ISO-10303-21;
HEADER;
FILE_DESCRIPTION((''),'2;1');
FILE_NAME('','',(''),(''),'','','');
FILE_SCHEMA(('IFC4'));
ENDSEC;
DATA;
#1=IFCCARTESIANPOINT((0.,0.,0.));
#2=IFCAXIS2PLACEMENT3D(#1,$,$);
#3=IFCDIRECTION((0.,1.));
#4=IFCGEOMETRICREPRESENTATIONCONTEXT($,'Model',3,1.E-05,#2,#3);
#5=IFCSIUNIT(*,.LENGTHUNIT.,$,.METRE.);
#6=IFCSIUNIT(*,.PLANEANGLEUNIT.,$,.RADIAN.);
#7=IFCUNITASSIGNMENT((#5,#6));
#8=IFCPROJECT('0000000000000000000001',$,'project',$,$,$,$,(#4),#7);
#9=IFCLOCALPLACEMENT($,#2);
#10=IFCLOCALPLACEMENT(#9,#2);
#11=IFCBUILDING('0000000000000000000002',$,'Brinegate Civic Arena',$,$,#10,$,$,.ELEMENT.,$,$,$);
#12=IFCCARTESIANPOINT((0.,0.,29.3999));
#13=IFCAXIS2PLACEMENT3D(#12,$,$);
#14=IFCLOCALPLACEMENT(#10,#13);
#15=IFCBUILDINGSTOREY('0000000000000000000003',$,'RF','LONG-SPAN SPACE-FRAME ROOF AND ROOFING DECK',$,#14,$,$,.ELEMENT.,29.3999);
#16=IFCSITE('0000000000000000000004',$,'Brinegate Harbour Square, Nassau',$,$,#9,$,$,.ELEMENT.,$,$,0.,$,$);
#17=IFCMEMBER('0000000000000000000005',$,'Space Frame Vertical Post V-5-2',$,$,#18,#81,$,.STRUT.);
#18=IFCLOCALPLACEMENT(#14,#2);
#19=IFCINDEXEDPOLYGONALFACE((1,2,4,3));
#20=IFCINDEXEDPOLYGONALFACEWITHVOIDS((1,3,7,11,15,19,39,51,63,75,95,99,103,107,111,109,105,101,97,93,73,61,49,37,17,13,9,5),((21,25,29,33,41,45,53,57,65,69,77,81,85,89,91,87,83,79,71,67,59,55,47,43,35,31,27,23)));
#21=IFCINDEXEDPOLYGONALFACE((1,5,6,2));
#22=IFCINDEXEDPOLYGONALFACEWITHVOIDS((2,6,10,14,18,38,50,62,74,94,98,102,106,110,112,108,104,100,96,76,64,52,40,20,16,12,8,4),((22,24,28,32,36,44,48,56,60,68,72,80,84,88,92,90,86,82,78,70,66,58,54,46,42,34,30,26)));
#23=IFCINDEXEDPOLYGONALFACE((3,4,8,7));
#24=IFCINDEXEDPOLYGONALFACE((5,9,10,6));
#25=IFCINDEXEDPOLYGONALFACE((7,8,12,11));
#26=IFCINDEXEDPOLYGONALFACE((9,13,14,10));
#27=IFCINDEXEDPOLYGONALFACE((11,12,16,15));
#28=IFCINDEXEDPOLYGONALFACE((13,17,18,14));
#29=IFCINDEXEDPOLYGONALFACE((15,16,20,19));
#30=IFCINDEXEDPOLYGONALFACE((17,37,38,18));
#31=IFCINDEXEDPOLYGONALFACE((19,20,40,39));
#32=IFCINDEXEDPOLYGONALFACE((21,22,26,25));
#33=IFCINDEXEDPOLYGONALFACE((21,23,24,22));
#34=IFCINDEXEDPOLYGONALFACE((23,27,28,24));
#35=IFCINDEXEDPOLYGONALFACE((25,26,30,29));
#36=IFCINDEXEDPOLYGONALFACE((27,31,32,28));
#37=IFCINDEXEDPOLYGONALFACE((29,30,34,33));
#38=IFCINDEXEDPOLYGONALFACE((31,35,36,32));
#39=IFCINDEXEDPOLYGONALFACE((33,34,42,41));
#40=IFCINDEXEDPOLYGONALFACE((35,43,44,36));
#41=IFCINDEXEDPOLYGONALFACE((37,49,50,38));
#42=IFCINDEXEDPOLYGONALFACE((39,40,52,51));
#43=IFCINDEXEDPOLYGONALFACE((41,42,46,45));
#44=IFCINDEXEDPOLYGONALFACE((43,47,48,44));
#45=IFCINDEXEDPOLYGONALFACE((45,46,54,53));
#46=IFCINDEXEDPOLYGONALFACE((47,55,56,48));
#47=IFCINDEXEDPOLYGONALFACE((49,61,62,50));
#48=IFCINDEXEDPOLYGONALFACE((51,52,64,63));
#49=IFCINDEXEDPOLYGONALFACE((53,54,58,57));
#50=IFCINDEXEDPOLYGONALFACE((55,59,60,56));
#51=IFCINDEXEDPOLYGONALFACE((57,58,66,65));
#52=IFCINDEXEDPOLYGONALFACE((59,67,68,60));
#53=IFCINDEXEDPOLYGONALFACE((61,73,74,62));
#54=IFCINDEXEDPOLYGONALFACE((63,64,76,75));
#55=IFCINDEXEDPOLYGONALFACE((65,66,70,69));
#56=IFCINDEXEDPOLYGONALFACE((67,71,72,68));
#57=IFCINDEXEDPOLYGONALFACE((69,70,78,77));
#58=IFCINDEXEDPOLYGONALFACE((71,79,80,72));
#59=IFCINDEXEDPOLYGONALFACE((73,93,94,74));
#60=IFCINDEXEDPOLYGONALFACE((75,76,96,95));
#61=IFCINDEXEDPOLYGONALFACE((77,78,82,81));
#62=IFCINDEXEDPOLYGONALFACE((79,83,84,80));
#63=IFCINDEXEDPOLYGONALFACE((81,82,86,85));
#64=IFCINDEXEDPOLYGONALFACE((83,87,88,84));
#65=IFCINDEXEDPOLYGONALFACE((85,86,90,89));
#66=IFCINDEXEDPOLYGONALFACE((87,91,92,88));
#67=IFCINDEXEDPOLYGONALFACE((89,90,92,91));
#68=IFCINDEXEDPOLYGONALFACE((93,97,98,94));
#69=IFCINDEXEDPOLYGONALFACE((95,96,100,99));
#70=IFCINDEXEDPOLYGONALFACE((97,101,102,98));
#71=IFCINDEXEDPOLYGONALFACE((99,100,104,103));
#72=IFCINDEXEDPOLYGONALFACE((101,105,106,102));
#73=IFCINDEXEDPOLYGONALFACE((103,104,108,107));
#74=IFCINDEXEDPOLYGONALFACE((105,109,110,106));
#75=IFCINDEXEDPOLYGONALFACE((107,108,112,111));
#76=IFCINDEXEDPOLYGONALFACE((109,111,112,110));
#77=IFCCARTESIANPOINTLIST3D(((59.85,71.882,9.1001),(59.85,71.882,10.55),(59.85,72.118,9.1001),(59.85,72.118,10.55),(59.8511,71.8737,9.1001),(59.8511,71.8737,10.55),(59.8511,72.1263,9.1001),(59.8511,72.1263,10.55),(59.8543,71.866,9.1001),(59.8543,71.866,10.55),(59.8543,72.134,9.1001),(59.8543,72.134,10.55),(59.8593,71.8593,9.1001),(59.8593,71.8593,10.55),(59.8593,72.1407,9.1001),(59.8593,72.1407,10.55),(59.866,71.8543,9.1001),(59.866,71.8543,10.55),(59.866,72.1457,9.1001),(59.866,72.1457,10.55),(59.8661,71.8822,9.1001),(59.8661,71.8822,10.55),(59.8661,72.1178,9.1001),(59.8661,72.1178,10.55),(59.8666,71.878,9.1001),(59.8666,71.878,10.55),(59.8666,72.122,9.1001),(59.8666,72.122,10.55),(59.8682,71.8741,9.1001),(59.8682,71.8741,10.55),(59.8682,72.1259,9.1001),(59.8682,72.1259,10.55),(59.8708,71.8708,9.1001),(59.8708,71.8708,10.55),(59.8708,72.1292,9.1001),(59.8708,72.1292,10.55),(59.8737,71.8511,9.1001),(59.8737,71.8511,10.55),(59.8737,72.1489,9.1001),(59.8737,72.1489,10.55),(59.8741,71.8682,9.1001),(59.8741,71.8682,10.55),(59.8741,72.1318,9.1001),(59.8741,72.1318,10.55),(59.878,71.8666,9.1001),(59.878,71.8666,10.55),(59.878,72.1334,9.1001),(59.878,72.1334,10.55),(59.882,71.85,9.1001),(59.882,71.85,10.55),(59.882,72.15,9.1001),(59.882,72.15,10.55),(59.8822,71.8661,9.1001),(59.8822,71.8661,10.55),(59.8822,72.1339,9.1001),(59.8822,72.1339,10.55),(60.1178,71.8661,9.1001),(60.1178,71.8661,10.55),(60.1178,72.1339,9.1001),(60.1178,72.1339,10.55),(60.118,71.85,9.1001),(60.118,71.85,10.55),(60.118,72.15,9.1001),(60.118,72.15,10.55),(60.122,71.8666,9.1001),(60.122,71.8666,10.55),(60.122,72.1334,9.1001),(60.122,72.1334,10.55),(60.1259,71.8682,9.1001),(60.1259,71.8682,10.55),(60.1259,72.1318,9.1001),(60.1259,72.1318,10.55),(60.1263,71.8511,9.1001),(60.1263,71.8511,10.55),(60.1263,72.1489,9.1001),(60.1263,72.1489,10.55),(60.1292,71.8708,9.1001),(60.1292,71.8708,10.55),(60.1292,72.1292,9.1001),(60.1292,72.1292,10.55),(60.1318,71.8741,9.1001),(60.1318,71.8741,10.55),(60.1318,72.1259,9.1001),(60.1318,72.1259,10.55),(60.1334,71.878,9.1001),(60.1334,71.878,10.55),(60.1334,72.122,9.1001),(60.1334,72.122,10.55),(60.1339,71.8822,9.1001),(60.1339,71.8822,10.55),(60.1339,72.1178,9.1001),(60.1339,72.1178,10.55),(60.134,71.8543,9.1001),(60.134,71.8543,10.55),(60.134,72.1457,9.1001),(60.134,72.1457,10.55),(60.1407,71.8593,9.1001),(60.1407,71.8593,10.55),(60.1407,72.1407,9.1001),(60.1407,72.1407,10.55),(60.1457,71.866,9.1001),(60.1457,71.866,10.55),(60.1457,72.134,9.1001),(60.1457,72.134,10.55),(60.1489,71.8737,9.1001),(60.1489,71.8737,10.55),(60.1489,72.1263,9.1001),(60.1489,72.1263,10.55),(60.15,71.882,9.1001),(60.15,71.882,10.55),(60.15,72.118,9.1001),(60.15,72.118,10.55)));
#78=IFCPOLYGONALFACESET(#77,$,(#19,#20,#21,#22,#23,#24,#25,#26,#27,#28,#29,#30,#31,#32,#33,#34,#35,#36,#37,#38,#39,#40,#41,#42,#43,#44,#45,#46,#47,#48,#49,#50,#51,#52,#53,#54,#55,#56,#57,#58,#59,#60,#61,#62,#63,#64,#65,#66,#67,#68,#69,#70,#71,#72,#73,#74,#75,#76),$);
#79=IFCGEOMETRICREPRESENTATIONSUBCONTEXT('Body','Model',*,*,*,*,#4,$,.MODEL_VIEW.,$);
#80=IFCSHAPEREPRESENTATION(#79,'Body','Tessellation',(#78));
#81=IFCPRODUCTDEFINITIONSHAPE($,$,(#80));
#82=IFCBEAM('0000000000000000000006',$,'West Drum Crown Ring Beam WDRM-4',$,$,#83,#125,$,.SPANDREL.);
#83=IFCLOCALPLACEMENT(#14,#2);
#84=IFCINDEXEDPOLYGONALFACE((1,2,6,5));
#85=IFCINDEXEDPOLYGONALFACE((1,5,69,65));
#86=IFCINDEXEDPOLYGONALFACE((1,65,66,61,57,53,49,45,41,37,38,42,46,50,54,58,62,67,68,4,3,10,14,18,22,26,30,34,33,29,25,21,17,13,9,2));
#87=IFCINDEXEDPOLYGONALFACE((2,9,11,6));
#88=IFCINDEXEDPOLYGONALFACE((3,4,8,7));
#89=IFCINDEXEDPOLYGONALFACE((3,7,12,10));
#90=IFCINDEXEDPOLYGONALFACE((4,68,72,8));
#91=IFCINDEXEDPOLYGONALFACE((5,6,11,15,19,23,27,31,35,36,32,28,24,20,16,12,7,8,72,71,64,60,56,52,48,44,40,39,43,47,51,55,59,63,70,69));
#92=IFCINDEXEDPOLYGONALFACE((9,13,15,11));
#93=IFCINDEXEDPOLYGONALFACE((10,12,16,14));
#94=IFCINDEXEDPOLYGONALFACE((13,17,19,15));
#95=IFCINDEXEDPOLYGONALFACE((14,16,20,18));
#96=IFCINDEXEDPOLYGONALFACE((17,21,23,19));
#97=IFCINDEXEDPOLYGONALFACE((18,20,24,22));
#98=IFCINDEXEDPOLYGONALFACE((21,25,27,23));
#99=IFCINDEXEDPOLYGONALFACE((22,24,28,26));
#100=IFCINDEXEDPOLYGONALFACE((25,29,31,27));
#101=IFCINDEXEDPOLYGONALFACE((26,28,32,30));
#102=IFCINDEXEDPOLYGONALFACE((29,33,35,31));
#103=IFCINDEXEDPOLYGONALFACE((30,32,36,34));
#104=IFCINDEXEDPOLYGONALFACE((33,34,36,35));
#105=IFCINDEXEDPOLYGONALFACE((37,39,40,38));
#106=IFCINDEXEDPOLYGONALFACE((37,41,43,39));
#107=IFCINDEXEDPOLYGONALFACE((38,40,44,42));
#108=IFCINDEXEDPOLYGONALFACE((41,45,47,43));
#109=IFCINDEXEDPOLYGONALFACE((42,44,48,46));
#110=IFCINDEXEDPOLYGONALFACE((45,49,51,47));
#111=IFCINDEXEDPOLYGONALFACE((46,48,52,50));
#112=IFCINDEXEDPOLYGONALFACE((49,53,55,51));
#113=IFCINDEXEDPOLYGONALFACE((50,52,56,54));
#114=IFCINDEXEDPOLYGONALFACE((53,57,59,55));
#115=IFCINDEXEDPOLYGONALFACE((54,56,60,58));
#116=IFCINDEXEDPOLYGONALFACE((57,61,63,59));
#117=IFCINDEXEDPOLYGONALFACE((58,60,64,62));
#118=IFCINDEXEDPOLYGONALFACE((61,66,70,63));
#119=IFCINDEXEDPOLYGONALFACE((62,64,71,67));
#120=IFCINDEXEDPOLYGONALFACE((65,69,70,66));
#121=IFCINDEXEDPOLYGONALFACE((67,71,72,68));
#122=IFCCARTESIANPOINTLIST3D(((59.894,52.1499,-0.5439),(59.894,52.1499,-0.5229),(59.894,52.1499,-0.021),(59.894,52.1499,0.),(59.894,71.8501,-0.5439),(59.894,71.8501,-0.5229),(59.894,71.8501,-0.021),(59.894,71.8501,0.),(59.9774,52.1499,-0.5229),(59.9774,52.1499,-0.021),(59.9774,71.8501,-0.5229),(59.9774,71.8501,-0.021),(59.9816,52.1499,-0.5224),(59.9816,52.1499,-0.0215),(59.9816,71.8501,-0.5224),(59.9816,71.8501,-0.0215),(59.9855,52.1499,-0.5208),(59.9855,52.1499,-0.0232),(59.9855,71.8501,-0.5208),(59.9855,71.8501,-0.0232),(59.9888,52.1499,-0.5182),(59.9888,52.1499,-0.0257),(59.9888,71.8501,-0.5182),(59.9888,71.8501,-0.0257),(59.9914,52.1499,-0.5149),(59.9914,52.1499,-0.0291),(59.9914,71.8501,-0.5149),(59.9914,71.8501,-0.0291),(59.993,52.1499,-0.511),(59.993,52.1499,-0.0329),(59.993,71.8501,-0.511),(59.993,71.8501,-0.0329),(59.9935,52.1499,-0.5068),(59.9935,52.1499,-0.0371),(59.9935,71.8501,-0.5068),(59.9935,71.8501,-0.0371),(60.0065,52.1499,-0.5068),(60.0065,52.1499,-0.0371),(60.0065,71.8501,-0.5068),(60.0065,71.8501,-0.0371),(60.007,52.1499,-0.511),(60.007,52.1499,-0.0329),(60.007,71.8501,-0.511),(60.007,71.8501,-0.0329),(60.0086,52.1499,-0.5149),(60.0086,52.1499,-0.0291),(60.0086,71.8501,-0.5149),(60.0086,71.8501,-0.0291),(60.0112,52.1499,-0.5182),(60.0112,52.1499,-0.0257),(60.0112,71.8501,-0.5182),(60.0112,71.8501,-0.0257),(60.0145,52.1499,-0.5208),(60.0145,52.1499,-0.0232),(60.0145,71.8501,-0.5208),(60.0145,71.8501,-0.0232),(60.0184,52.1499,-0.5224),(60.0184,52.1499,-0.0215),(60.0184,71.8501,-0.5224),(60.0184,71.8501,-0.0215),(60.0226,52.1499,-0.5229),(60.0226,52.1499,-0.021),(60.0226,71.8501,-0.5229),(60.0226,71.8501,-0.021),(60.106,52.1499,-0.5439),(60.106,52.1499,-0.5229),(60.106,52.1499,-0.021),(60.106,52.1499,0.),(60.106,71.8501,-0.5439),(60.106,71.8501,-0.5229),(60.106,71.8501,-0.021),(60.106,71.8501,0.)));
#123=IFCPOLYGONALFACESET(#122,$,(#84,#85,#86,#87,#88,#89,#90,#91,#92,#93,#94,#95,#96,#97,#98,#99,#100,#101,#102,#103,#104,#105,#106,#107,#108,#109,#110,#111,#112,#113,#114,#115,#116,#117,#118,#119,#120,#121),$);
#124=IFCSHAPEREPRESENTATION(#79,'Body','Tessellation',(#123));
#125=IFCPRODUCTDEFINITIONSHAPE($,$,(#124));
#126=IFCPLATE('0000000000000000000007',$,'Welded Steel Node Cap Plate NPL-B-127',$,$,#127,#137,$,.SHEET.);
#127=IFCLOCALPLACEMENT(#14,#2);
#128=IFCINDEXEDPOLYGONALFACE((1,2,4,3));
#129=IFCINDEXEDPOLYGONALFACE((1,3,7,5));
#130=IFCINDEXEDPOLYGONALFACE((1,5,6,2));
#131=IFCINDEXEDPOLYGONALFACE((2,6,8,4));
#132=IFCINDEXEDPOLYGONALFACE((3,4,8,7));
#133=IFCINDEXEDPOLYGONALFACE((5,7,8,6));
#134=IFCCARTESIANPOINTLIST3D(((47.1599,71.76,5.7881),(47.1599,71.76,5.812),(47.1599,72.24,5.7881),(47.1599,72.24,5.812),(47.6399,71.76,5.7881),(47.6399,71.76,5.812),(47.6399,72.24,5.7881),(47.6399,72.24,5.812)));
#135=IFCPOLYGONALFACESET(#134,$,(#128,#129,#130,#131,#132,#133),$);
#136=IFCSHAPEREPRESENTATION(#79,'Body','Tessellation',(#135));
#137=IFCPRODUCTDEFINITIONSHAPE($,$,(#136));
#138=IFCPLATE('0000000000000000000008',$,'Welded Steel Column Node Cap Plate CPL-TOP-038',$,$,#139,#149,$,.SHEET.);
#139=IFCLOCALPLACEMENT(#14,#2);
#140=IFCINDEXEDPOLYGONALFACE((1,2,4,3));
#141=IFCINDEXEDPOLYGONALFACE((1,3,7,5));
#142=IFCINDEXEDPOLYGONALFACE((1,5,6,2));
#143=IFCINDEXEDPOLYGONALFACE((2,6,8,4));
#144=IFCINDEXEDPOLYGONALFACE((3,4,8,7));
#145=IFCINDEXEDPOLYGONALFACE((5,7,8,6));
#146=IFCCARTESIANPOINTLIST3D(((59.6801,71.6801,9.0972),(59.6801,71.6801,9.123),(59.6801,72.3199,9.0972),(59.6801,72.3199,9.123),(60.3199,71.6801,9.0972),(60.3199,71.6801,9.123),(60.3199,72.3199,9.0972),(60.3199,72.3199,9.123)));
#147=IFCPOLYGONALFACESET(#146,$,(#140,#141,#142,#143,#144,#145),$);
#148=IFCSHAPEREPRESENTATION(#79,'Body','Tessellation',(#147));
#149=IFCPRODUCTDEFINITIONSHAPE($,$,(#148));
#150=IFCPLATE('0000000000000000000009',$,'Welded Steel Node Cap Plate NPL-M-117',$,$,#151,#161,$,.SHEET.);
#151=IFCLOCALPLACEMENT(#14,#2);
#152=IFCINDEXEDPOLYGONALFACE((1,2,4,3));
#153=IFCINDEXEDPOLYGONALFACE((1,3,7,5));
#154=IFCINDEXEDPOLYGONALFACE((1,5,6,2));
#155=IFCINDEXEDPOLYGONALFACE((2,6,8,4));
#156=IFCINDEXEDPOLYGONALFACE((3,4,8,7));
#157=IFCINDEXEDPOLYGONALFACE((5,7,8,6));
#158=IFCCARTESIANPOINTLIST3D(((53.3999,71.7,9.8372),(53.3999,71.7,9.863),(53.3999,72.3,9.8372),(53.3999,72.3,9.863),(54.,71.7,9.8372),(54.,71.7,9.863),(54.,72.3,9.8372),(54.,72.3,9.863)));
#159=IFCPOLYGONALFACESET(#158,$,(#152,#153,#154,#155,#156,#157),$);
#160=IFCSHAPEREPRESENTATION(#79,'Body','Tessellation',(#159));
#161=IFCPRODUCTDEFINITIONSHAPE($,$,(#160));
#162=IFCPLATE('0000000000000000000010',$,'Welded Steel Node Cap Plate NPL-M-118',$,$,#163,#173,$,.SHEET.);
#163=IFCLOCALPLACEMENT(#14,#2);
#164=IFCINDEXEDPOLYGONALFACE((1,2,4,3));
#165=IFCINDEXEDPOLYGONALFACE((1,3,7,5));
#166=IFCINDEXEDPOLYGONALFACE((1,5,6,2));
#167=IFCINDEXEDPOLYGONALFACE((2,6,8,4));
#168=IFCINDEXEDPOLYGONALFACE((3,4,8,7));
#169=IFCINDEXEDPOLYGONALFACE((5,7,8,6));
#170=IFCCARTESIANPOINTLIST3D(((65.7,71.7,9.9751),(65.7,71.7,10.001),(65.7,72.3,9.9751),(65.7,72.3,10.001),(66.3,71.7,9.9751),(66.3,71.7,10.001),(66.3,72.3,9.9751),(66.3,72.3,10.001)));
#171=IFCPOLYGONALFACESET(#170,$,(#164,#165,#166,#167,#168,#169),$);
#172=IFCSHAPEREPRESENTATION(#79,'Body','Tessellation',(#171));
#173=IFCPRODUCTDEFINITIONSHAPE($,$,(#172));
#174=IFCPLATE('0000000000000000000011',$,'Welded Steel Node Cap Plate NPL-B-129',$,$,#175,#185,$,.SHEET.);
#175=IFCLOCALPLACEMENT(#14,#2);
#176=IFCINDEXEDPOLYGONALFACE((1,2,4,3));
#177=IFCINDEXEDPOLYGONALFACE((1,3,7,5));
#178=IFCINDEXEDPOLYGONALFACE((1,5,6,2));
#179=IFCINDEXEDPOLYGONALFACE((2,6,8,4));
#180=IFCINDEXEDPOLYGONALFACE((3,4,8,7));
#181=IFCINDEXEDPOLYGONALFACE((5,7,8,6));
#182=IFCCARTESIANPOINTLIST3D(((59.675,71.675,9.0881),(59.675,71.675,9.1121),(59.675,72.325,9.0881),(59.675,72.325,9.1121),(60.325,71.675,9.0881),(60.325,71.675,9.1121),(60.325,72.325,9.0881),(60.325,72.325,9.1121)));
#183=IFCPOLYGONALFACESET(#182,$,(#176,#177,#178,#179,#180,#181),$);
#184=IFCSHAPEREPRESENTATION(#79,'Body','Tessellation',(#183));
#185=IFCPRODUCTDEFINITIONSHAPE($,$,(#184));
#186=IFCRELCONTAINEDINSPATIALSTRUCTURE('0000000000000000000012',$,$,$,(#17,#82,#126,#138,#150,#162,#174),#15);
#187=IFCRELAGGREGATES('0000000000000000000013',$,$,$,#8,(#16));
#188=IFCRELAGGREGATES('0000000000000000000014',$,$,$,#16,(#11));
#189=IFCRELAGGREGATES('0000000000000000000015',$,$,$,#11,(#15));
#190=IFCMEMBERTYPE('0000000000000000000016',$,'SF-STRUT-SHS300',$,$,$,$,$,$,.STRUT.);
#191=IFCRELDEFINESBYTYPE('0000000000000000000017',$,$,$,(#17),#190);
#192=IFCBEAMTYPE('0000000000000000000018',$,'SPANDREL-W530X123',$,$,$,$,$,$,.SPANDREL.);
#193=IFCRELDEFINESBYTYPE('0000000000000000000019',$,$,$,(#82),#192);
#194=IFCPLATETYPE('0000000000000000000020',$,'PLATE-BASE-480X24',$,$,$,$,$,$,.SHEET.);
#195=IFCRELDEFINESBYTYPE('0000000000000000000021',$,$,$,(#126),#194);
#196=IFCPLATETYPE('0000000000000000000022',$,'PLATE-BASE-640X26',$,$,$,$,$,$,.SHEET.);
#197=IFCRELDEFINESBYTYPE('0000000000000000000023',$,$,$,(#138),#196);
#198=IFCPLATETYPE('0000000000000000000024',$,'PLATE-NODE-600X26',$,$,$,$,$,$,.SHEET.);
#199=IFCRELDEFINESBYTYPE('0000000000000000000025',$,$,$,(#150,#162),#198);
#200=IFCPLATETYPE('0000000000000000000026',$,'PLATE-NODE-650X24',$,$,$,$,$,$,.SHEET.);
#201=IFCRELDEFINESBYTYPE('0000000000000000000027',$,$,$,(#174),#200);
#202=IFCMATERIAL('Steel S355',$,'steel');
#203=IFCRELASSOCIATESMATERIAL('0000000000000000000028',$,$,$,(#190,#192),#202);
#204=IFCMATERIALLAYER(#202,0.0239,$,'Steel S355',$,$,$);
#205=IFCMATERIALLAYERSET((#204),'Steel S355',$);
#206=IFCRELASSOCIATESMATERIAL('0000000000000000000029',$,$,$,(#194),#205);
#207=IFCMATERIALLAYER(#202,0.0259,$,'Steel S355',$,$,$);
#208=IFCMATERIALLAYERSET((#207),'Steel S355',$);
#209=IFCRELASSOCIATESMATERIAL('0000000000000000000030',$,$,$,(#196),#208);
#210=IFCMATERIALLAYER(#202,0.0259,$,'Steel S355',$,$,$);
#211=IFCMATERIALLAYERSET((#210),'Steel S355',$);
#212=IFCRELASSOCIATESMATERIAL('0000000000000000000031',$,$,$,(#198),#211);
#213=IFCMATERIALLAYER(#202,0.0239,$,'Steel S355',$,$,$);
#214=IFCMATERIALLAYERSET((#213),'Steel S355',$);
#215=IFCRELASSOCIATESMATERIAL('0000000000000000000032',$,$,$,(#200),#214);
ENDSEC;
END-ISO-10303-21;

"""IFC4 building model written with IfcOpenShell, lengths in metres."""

from ifc_helpers import new_model, si_unit, direction, frame, origin, origin_2d, place, context, subcontext, project, spatial, rectangle, hollow_rectangle, i_section, extrude, material, layer, layer_set, material_profile, profile_set, type_object, element, save


model = new_model("IFC4")

# Units and contexts
model_context = context("Model", 3, precision=1e-05, world=origin(), true_north=direction((0.0, 1.0)))
body_context = subcontext(model_context, "Body", "Model", "MODEL_VIEW")
ifc_project = project(units=[si_unit("LENGTHUNIT", "METRE"), si_unit("PLANEANGLEUNIT", "RADIAN")], contexts=[model_context])

# Site, building, storey
site_placement = place(None, origin())
site = spatial("IfcSite", under=ifc_project, at=site_placement, Name="Brinegate Harbour Square, Nassau", CompositionType="ELEMENT", RefElevation=0.0)
building_placement = place(site_placement, origin())
building = spatial("IfcBuilding", under=site, at=building_placement, Name="Brinegate Civic Arena", CompositionType="ELEMENT")
storey_placement = place(building_placement, frame((0.0, 0.0, 29.3999)))
storey = spatial("IfcBuildingStorey", under=building, at=storey_placement, Name="RF", Description="LONG-SPAN SPACE-FRAME ROOF AND ROOFING DECK", CompositionType="ELEMENT", Elevation=29.3999)

# Shared definitions
ifc_material_1 = material(Name="Steel S355", Category="steel")

# Member
ifc_material_profile_1 = material_profile(ifc_material_1, hollow_rectangle(XDim=0.3, YDim=0.3, WallThickness=0.0161, InnerFilletRadius=0.0161, OuterFilletRadius=0.032, at=origin_2d()), Name="SHS300X16")
ifc_profile_set_1 = profile_set([ifc_material_profile_1], Name="Steel S355")
member_type_1 = type_object("IfcMemberType", Name="SF-STRUT-SHS300", PredefinedType="STRUT", material=ifc_profile_set_1)
member_1_placement = place(storey_placement, frame((60.0, 72.0, 9.1001), z_axis=(0.0, 0.0, 1.0), x_axis=(1.0, 0.0, 0.0)))
element("IfcMember", 1, at=member_1_placement, inside=storey, type_object=member_type_1, Name="Space Frame Vertical Post V-5-2", PredefinedType="STRUT", context=body_context, shape_type="SweptSolid", body=[
    extrude(hollow_rectangle(XDim=0.3, YDim=0.3, WallThickness=0.0161, InnerFilletRadius=0.0161, OuterFilletRadius=0.032, at=origin_2d()), origin(), (0.0, 0.0, 1.0), 1.45),
])

# Beam
ifc_material_profile_2 = material_profile(ifc_material_1, i_section(OverallWidth=0.2119, OverallDepth=0.5439, WebThickness=0.0129, FlangeThickness=0.021, FilletRadius=0.0161, at=origin_2d()), Name="W530X123")
ifc_profile_set_2 = profile_set([ifc_material_profile_2], Name="Steel S355")
beam_type = type_object("IfcBeamType", Name="SPANDREL-W530X123", PredefinedType="SPANDREL", material=ifc_profile_set_2)
beam_placement = place(storey_placement, frame((60.0, 52.1499, -0.272), z_axis=(0.0, 1.0, 0.0), x_axis=(-1.0, 0.0, 0.0)))
element("IfcBeam", 2, at=beam_placement, inside=storey, type_object=beam_type, Name="West Drum Crown Ring Beam WDRM-4", PredefinedType="SPANDREL", context=body_context, shape_type="SweptSolid", body=[
    extrude(i_section(OverallWidth=0.2119, OverallDepth=0.5439, WebThickness=0.0129, FlangeThickness=0.021, FilletRadius=0.0161, at=origin_2d()), origin(), (0.0, 0.0, 1.0), 19.7002),
])

# Plates
ifc_layer_1 = layer(ifc_material_1, 0.0239, Name="Steel S355")
ifc_layer_set_1 = layer_set([ifc_layer_1], Name="Steel S355")
plate_type_1 = type_object("IfcPlateType", Name="PLATE-BASE-480X24", PredefinedType="SHEET", material=ifc_layer_set_1)
plate_1_placement = place(storey_placement, frame((47.3999, 72.0, 5.7881), z_axis=(0.0, 0.0, 1.0), x_axis=(1.0, 0.0, 0.0)))
element("IfcPlate", 3, at=plate_1_placement, inside=storey, type_object=plate_type_1, Name="Welded Steel Node Cap Plate NPL-B-127", PredefinedType="SHEET", context=body_context, shape_type="SweptSolid", body=[
    extrude(rectangle(XDim=0.48, YDim=0.48, at=origin_2d()), origin(), (0.0, 0.0, 1.0), 0.0239),
])
ifc_layer_2 = layer(ifc_material_1, 0.0259, Name="Steel S355")
ifc_layer_set_2 = layer_set([ifc_layer_2], Name="Steel S355")
plate_type_2 = type_object("IfcPlateType", Name="PLATE-BASE-640X26", PredefinedType="SHEET", material=ifc_layer_set_2)
plate_2_placement = place(storey_placement, frame((60.0, 72.0, 9.0972), z_axis=(0.0, 0.0, 1.0), x_axis=(1.0, 0.0, 0.0)))
element("IfcPlate", 4, at=plate_2_placement, inside=storey, type_object=plate_type_2, Name="Welded Steel Column Node Cap Plate CPL-TOP-038", PredefinedType="SHEET", context=body_context, shape_type="SweptSolid", body=[
    extrude(rectangle(XDim=0.6399, YDim=0.6399, at=origin_2d()), origin(), (0.0, 0.0, 1.0), 0.0259),
])
ifc_layer_3 = layer(ifc_material_1, 0.0259, Name="Steel S355")
ifc_layer_set_3 = layer_set([ifc_layer_3], Name="Steel S355")
plate_type_3 = type_object("IfcPlateType", Name="PLATE-NODE-600X26", PredefinedType="SHEET", material=ifc_layer_set_3)
for number, where, z_axis, x_axis, name in (
    (5, (53.7, 72.0, 9.8372), (0.0, 0.0, 1.0), (1.0, 0.0, 0.0), "Welded Steel Node Cap Plate NPL-M-117"),
    (6, (66.0, 72.0, 9.9751), (0.0, 0.0, 1.0), (1.0, 0.0, 0.0), "Welded Steel Node Cap Plate NPL-M-118"),
):
    element("IfcPlate", number, at=place(storey_placement, frame(where, z_axis=z_axis, x_axis=x_axis)), inside=storey, type_object=plate_type_3, Name=name, PredefinedType="SHEET", context=body_context, shape_type="SweptSolid", body=[
        extrude(rectangle(XDim=0.6001, YDim=0.6001, at=origin_2d()), origin(), (0.0, 0.0, 1.0), 0.0259),
    ])
ifc_layer_4 = layer(ifc_material_1, 0.0239, Name="Steel S355")
ifc_layer_set_4 = layer_set([ifc_layer_4], Name="Steel S355")
plate_type_4 = type_object("IfcPlateType", Name="PLATE-NODE-650X24", PredefinedType="SHEET", material=ifc_layer_set_4)
plate_3_placement = place(storey_placement, frame((60.0, 72.0, 9.0881), z_axis=(0.0, 0.0, 1.0), x_axis=(1.0, 0.0, 0.0)))
element("IfcPlate", 7, at=plate_3_placement, inside=storey, type_object=plate_type_4, Name="Welded Steel Node Cap Plate NPL-B-129", PredefinedType="SHEET", context=body_context, shape_type="SweptSolid", body=[
    extrude(rectangle(XDim=0.6499, YDim=0.6499, at=origin_2d()), origin(), (0.0, 0.0, 1.0), 0.0239),
])

save(model, "model.ifc")
